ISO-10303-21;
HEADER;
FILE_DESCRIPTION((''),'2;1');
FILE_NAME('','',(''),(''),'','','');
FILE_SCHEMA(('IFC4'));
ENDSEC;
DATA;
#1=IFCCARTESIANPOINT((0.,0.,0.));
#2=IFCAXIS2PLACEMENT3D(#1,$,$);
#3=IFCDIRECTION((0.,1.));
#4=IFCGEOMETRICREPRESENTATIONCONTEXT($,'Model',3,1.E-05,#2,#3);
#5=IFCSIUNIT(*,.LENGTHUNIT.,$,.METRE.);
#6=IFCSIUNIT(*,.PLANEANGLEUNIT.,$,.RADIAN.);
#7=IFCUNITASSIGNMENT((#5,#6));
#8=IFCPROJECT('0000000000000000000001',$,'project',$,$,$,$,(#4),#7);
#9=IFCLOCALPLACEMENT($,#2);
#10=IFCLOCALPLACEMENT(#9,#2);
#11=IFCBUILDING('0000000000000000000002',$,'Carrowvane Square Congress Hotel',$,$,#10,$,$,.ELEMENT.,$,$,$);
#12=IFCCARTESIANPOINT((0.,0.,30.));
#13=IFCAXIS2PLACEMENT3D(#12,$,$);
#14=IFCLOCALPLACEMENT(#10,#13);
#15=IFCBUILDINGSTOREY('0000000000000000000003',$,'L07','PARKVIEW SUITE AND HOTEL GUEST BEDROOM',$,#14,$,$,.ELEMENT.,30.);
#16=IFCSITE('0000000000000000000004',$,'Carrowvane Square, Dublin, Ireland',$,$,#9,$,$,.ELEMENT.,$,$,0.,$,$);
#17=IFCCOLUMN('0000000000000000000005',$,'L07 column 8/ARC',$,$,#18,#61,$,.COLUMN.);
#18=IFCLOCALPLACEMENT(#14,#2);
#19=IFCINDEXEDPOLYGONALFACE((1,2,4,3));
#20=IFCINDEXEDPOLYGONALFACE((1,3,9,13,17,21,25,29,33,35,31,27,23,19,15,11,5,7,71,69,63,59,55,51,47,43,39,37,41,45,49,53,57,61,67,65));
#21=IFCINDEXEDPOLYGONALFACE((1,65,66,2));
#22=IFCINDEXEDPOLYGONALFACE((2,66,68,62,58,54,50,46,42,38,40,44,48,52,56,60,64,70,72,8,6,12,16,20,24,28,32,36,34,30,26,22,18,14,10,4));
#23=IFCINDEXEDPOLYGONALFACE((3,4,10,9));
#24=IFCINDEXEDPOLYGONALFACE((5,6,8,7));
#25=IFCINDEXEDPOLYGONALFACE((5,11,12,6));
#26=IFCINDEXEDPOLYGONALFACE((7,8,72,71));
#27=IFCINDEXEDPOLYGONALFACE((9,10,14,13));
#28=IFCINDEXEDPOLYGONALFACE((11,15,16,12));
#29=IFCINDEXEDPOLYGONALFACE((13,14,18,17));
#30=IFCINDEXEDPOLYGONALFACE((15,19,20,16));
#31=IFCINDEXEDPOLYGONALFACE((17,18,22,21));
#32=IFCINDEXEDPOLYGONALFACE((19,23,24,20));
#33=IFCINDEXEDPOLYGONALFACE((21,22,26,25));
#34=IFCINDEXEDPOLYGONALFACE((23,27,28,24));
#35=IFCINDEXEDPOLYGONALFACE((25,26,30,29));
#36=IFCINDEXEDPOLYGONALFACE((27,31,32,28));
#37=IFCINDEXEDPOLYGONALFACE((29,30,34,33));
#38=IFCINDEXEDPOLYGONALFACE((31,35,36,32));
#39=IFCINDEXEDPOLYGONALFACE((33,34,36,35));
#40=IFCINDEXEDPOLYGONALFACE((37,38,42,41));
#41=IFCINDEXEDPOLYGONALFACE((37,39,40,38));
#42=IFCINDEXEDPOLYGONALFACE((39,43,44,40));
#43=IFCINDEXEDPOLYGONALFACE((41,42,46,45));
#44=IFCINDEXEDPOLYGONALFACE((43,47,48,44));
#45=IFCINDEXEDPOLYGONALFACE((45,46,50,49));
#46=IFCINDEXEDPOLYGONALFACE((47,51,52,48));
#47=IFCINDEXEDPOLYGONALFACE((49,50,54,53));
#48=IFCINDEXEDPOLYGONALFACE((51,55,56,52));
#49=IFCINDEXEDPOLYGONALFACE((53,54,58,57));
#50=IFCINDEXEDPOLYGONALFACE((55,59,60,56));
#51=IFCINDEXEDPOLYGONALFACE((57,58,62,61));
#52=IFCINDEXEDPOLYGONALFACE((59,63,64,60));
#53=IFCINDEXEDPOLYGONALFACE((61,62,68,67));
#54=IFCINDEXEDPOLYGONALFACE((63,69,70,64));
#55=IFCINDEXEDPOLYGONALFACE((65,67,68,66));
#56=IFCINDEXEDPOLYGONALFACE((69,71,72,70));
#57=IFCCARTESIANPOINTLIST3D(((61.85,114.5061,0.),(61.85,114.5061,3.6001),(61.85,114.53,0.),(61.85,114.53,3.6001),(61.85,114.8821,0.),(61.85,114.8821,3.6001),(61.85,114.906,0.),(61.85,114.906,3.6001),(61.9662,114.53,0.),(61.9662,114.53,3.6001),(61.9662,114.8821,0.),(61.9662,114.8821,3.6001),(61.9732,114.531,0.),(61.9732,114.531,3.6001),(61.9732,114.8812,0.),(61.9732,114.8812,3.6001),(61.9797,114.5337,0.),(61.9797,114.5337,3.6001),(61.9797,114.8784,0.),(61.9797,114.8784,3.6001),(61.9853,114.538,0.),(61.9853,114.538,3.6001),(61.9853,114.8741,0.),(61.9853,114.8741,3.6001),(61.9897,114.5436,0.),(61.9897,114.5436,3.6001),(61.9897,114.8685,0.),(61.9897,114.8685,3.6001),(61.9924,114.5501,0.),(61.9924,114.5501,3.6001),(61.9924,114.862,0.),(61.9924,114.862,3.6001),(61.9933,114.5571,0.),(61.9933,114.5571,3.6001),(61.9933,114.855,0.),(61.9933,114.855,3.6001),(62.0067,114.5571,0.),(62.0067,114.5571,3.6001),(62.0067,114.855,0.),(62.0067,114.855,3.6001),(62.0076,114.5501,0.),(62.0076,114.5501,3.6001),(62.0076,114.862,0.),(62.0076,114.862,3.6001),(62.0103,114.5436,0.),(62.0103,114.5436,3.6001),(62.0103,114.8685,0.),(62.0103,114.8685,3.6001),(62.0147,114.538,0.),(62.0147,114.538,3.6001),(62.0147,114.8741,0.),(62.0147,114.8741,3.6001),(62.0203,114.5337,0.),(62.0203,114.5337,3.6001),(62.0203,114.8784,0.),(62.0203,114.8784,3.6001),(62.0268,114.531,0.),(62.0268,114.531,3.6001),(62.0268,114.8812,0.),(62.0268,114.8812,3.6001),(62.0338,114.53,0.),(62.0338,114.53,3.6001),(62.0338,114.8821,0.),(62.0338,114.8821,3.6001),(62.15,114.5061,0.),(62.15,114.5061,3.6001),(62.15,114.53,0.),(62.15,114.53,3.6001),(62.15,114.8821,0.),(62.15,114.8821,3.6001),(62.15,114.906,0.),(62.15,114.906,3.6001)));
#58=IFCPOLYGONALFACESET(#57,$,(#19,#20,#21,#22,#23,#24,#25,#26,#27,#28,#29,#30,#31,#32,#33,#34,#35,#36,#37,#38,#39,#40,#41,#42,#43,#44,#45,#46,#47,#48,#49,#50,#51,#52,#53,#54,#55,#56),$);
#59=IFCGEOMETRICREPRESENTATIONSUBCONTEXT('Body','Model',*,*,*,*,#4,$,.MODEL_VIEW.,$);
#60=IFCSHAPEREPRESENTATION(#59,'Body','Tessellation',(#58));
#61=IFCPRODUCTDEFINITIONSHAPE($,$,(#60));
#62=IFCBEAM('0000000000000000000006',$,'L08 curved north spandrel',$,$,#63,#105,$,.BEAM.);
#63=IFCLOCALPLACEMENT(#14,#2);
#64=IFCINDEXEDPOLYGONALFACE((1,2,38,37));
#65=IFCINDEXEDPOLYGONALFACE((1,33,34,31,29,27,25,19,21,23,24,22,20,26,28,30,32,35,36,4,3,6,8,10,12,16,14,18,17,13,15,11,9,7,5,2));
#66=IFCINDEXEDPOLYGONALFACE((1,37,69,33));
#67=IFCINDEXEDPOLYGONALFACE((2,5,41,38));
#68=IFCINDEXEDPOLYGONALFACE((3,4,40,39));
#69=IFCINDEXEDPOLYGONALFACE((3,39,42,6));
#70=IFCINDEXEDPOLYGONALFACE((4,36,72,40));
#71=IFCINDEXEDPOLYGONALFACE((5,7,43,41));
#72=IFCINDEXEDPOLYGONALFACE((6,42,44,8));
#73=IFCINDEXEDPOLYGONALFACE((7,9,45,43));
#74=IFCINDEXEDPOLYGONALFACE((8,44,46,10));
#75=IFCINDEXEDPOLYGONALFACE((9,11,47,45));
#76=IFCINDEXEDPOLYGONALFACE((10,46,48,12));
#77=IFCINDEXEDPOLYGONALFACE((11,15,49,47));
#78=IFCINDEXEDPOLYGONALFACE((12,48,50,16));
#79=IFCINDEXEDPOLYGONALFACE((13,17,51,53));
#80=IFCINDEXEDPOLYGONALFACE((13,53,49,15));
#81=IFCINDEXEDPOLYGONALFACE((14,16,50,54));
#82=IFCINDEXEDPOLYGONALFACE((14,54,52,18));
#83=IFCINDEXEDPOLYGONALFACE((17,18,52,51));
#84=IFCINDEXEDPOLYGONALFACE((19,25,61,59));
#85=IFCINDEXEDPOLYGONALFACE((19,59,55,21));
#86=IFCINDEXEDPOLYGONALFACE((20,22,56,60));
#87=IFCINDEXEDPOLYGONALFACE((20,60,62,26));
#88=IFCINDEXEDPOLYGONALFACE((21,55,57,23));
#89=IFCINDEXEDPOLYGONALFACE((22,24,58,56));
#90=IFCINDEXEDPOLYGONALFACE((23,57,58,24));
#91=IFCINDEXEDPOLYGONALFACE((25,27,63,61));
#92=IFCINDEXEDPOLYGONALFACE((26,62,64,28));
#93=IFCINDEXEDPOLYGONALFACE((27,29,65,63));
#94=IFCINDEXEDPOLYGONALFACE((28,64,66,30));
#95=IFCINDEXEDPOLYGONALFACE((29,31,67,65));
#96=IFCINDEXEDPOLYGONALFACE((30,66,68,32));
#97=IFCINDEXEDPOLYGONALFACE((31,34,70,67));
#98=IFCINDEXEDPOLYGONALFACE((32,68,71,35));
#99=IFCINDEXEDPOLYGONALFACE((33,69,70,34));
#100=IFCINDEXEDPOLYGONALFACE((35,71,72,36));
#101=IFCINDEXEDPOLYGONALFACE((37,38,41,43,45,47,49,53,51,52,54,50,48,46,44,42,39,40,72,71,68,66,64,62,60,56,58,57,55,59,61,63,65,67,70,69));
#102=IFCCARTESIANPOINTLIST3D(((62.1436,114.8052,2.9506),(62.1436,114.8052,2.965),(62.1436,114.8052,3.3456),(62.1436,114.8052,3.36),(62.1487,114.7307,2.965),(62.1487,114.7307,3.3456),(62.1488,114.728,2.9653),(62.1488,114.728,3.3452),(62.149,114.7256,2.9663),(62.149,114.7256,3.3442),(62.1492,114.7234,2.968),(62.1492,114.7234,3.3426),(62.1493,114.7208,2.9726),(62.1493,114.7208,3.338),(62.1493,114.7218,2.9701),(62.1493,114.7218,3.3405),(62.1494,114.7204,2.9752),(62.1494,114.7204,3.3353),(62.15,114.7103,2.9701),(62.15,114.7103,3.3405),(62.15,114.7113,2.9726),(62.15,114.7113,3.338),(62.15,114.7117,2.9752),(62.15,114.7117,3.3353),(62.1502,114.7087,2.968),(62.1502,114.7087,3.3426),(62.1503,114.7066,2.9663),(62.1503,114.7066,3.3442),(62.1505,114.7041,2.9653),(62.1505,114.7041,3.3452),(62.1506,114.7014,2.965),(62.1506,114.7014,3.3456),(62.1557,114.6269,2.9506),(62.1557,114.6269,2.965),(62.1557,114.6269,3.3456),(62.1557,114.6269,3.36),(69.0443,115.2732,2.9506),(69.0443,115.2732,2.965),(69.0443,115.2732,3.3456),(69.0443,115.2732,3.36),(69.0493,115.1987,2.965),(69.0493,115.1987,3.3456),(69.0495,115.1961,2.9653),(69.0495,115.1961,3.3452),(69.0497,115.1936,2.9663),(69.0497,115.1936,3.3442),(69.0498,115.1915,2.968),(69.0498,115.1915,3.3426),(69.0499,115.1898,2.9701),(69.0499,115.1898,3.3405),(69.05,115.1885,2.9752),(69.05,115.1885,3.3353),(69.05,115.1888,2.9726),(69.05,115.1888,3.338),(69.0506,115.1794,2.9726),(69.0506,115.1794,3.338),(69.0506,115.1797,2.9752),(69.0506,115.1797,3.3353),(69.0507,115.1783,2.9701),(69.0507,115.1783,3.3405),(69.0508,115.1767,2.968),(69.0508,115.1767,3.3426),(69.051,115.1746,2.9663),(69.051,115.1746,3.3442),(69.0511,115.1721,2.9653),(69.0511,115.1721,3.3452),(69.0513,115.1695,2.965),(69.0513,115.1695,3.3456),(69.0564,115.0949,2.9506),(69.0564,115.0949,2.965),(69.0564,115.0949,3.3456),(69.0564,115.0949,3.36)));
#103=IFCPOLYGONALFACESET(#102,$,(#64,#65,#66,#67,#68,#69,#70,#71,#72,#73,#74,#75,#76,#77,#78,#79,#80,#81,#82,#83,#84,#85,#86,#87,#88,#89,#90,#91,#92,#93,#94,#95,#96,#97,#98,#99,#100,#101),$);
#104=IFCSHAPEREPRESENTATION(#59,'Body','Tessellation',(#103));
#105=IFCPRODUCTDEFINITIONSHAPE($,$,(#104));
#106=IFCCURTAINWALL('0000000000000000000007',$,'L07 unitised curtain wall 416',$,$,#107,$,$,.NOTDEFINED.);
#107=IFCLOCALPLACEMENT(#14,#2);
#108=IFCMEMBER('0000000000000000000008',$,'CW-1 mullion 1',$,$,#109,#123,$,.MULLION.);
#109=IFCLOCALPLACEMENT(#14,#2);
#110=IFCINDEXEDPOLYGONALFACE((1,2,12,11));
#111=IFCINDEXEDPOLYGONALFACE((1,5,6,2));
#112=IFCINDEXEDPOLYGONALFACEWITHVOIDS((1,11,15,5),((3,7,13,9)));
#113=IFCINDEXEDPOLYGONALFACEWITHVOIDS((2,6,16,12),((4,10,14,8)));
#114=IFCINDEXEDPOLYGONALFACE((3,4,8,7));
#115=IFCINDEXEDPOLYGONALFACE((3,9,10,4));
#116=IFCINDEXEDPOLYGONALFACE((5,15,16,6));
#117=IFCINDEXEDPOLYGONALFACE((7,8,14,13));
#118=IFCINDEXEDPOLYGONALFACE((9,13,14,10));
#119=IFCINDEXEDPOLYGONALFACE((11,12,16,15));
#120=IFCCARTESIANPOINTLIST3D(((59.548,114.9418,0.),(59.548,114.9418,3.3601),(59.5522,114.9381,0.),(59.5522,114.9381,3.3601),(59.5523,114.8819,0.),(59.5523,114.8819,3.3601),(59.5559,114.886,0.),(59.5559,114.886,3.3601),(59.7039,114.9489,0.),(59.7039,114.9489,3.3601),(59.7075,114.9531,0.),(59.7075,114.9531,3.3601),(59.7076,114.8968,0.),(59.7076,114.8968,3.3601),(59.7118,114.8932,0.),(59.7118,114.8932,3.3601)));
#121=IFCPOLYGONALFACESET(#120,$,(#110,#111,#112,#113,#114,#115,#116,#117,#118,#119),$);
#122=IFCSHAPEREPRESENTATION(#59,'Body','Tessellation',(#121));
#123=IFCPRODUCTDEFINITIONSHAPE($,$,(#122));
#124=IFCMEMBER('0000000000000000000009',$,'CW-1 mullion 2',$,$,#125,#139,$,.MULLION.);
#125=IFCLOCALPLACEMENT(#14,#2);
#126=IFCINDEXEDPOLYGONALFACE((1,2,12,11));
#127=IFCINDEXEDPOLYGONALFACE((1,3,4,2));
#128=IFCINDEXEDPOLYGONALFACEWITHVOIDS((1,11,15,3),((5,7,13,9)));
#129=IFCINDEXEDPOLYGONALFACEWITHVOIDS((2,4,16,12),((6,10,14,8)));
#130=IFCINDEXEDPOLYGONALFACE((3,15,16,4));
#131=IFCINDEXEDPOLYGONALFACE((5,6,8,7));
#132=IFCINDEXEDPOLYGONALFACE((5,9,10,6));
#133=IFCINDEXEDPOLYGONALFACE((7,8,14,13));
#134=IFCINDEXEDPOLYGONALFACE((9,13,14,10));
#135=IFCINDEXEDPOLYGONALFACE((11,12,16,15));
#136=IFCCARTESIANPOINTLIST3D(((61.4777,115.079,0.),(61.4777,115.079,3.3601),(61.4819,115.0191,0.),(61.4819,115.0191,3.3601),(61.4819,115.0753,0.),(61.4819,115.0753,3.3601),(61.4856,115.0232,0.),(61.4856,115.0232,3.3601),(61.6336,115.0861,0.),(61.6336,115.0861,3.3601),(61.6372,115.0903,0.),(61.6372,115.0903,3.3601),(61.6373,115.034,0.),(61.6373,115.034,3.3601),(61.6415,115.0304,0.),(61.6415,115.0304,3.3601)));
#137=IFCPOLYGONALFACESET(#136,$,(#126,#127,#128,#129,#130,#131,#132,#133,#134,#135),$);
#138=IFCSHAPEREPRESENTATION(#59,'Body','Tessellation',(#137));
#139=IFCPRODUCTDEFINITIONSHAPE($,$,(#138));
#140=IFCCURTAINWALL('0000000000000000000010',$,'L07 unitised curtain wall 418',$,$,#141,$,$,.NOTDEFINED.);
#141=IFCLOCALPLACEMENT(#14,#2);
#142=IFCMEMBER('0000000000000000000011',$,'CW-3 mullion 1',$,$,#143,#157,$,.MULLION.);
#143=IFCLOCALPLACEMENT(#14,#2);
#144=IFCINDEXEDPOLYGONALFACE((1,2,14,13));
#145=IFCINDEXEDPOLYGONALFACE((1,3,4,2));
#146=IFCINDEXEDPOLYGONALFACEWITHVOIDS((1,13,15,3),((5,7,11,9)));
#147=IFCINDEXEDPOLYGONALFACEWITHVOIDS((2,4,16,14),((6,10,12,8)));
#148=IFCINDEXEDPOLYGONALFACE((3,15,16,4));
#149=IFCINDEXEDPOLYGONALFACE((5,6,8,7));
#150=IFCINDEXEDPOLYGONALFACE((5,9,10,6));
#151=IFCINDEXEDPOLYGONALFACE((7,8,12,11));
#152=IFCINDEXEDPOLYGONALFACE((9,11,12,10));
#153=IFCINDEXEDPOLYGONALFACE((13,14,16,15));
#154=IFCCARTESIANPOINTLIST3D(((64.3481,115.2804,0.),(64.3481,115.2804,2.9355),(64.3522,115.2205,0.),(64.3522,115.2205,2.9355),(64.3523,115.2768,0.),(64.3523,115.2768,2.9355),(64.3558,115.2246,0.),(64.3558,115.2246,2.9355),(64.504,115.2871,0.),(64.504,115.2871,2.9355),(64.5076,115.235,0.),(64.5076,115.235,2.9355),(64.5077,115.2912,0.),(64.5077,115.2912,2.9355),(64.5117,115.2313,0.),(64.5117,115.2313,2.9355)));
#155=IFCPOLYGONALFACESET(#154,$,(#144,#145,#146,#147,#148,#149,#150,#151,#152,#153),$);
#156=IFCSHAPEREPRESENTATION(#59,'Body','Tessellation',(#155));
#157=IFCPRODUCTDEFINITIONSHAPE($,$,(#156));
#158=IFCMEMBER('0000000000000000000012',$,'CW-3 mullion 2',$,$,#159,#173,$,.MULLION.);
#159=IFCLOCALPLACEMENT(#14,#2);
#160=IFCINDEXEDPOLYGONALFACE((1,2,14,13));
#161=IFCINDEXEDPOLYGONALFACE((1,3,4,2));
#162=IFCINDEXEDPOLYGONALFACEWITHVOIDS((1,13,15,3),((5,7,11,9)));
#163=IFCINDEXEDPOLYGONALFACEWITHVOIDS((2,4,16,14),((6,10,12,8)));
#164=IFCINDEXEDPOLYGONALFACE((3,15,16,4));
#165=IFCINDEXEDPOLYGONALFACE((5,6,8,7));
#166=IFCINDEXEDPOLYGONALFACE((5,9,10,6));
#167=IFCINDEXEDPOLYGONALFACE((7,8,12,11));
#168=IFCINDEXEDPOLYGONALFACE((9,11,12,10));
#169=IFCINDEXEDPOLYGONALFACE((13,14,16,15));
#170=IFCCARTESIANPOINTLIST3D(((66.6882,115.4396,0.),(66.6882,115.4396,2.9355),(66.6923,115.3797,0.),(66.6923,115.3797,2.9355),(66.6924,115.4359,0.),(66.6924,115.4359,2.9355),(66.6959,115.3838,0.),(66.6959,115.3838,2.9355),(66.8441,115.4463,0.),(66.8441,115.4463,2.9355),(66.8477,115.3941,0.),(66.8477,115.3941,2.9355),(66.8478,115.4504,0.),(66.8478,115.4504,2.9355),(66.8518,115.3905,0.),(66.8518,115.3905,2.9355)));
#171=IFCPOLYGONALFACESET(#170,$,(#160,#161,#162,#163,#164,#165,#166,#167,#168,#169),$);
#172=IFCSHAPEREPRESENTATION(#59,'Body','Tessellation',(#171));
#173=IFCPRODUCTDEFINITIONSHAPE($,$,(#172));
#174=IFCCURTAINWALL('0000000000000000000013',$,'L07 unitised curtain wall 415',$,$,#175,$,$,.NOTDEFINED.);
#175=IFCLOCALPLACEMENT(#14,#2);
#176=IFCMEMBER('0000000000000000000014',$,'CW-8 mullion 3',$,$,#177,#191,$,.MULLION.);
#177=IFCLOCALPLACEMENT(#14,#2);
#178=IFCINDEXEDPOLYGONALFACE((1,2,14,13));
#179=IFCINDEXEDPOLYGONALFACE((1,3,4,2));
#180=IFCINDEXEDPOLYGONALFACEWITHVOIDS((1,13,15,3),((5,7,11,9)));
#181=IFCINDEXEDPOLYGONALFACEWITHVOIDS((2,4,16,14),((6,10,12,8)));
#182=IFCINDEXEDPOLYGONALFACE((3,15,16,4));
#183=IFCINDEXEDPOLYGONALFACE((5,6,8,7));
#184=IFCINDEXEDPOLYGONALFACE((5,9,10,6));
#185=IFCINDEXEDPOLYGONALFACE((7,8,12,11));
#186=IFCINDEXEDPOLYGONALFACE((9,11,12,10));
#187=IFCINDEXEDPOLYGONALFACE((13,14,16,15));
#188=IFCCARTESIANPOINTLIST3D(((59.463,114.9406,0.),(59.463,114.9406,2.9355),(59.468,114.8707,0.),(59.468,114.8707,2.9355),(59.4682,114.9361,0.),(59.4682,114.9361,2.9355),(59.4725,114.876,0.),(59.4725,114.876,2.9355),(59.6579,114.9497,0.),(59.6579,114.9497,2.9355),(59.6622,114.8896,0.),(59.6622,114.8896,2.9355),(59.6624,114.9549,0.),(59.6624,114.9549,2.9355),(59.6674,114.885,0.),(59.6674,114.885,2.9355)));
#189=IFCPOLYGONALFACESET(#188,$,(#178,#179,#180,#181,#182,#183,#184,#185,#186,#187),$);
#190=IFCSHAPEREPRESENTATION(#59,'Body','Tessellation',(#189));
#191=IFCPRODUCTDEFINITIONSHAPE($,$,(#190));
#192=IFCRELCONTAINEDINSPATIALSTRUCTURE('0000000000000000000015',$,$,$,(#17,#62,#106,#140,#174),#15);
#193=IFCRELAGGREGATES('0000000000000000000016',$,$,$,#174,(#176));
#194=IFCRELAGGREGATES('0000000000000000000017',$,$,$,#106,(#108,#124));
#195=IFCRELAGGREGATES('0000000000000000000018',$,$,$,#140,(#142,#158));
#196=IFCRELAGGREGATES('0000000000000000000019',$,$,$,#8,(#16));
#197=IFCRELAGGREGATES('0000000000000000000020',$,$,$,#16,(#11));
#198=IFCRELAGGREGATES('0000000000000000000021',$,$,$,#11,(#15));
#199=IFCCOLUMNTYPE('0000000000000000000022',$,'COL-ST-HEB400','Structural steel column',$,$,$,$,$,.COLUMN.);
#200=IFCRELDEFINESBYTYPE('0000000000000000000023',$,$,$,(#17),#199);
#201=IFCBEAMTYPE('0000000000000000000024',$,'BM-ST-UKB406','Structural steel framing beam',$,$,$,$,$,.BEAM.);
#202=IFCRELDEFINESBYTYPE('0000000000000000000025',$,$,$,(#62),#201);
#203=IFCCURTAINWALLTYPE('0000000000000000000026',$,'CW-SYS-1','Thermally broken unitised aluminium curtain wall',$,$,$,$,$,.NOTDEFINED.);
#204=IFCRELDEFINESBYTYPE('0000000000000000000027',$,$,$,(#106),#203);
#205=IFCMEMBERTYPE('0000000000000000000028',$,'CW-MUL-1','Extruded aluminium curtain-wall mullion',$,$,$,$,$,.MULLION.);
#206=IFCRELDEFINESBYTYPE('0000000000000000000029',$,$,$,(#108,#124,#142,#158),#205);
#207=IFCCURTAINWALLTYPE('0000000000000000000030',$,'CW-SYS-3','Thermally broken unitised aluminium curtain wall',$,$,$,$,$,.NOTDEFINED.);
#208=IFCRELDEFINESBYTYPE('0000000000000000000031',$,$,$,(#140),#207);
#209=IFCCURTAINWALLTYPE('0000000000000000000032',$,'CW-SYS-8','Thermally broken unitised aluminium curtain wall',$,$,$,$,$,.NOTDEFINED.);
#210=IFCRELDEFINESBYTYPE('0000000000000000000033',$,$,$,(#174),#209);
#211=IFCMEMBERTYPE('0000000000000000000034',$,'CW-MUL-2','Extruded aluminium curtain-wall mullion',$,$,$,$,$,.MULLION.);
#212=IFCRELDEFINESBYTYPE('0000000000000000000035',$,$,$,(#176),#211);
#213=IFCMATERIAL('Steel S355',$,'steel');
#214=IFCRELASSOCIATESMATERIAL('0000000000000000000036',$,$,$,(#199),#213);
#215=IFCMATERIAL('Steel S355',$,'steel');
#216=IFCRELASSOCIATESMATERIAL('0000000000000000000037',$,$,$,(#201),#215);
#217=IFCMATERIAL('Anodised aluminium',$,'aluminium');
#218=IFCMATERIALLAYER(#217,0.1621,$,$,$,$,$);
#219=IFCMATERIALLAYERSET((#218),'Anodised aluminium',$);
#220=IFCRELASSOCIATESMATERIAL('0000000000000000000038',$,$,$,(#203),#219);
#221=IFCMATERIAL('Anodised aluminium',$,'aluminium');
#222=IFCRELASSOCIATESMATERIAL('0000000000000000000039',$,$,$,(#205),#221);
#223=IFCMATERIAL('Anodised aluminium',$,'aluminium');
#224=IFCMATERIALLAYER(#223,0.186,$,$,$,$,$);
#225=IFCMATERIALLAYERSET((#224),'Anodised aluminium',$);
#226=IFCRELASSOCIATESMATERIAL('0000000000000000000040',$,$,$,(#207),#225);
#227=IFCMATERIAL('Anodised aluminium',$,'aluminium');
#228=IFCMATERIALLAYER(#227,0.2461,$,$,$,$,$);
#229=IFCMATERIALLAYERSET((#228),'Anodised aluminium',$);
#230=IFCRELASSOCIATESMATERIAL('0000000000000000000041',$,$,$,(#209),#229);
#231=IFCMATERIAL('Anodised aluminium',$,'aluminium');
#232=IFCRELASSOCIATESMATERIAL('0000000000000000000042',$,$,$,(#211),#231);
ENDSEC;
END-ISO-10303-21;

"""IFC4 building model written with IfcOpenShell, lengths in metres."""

from ifc_helpers import new_model, si_unit, direction, frame, origin, origin_2d, place, context, subcontext, project, spatial, hollow_rectangle, i_section, extrude, material, layer, layer_set, material_profile, profile_set, type_object, element, aggregate, save


model = new_model("IFC4")

# Units and contexts
model_context = context("Model", 3, precision=1e-05, world=origin(), true_north=direction((0.0, 1.0)))
body_context = subcontext(model_context, "Body", "Model", "MODEL_VIEW")
ifc_project = project(units=[si_unit("LENGTHUNIT", "METRE"), si_unit("PLANEANGLEUNIT", "RADIAN")], contexts=[model_context])

# Site, building, storey
site_placement = place(None, origin())
site = spatial("IfcSite", under=ifc_project, at=site_placement, Name="Carrowvane Square, Dublin, Ireland", CompositionType="ELEMENT", RefElevation=0.0)
building_placement = place(site_placement, origin())
building = spatial("IfcBuilding", under=site, at=building_placement, Name="Carrowvane Square Congress Hotel", CompositionType="ELEMENT")
storey_placement = place(building_placement, frame((0.0, 0.0, 30.0)))
storey = spatial("IfcBuildingStorey", under=building, at=storey_placement, Name="L07", Description="PARKVIEW SUITE AND HOTEL GUEST BEDROOM", CompositionType="ELEMENT", Elevation=30.0)

# Column
ifc_material_1 = material(Name="Steel S355", Category="steel")
ifc_material_profile_1 = material_profile(ifc_material_1, i_section(OverallWidth=0.3, OverallDepth=0.3999, WebThickness=0.0134, FlangeThickness=0.0239, FilletRadius=0.0271, at=origin_2d()), Name="HEB 400")
ifc_profile_set_1 = profile_set([ifc_material_profile_1], Name="Steel S355")
column_type = type_object("IfcColumnType", Name="COL-ST-HEB400", Description="Structural steel column", PredefinedType="COLUMN", material=ifc_profile_set_1)
column_placement = place(storey_placement, frame((62.0, 114.7061, 0.0), z_axis=(0.0, 0.0, 1.0), x_axis=(1.0, 0.0, 0.0)))
element("IfcColumn", 1, at=column_placement, inside=storey, type_object=column_type, Name="L07 column 8/ARC", PredefinedType="COLUMN", context=body_context, shape_type="SweptSolid", body=[
    extrude(i_section(OverallWidth=0.3, OverallDepth=0.3999, WebThickness=0.0134, FlangeThickness=0.0239, FilletRadius=0.0271, at=origin_2d()), origin(), (0.0, 0.0, 1.0), 3.6001),
])

# Beam
ifc_material_2 = material(Name="Steel S355", Category="steel")
ifc_material_profile_2 = material_profile(ifc_material_2, i_section(OverallWidth=0.1787, OverallDepth=0.4094, WebThickness=0.0088, FlangeThickness=0.0144, FilletRadius=0.0103, at=origin_2d()), Name="UKB 406x178x67")
ifc_profile_set_2 = profile_set([ifc_material_profile_2], Name="Steel S355")
beam_type = type_object("IfcBeamType", Name="BM-ST-UKB406", Description="Structural steel framing beam", PredefinedType="BEAM", material=ifc_profile_set_2)
beam_placement = place(storey_placement, frame((62.1497, 114.7161, 3.1553), z_axis=(0.997708, 0.067667, 0.0), x_axis=(-0.067667, 0.997708, 0.0)))
element("IfcBeam", 2, at=beam_placement, inside=storey, type_object=beam_type, Name="L08 curved north spandrel", PredefinedType="BEAM", context=body_context, shape_type="SweptSolid", body=[
    extrude(i_section(OverallWidth=0.1787, OverallDepth=0.4094, WebThickness=0.0088, FlangeThickness=0.0144, FilletRadius=0.0103, at=origin_2d()), origin(), (0.0, 0.0, 1.0), 6.9165),
])

# Curtain walls, members
ifc_material_3 = material(Name="Anodised aluminium", Category="aluminium")
ifc_layer_1 = layer(ifc_material_3, 0.1621)
ifc_layer_set_1 = layer_set([ifc_layer_1], Name="Anodised aluminium")
curtain_wall_type_1 = type_object("IfcCurtainWallType", Name="CW-SYS-1", Description="Thermally broken unitised aluminium curtain wall", PredefinedType="NOTDEFINED", material=ifc_layer_set_1)
curtain_wall_1_placement = place(storey_placement, origin())
curtain_wall_1 = element("IfcCurtainWall", 3, at=curtain_wall_1_placement, inside=storey, type_object=curtain_wall_type_1, Name="L07 unitised curtain wall 416", PredefinedType="NOTDEFINED")
ifc_material_4 = material(Name="Anodised aluminium", Category="aluminium")
ifc_material_profile_3 = material_profile(ifc_material_4, hollow_rectangle(XDim=0.0601, YDim=0.1599, WallThickness=0.0039, at=origin_2d()), Name="CW-ML 60x160x4")
ifc_profile_set_3 = profile_set([ifc_material_profile_3], Name="Anodised aluminium")
member_type_1 = type_object("IfcMemberType", Name="CW-MUL-1", Description="Extruded aluminium curtain-wall mullion", PredefinedType="MULLION", material=ifc_profile_set_3)
member_1_placement = place(storey_placement, frame((59.6299, 114.9175, 0.0), z_axis=(0.0, 0.0, 1.0), x_axis=(-0.07096, 0.997479, 0.0)))
member_1 = element("IfcMember", 4, at=member_1_placement, type_object=member_type_1, Name="CW-1 mullion 1", PredefinedType="MULLION", context=body_context, shape_type="SweptSolid", body=[
    extrude(hollow_rectangle(XDim=0.0601, YDim=0.1599, WallThickness=0.0039, at=origin_2d()), origin(), (0.0, 0.0, 1.0), 3.3601),
])
member_2_placement = place(storey_placement, frame((61.5596, 115.0547, 0.0), z_axis=(0.0, 0.0, 1.0), x_axis=(-0.07096, 0.997479, 0.0)))
member_2 = element("IfcMember", 5, at=member_2_placement, type_object=member_type_1, Name="CW-1 mullion 2", PredefinedType="MULLION", context=body_context, shape_type="SweptSolid", body=[
    extrude(hollow_rectangle(XDim=0.0601, YDim=0.1599, WallThickness=0.0039, at=origin_2d()), origin(), (0.0, 0.0, 1.0), 3.3601),
])
ifc_material_5 = material(Name="Anodised aluminium", Category="aluminium")
ifc_layer_2 = layer(ifc_material_5, 0.186)
ifc_layer_set_2 = layer_set([ifc_layer_2], Name="Anodised aluminium")
curtain_wall_type_2 = type_object("IfcCurtainWallType", Name="CW-SYS-3", Description="Thermally broken unitised aluminium curtain wall", PredefinedType="NOTDEFINED", material=ifc_layer_set_2)
curtain_wall_2_placement = place(storey_placement, origin())
curtain_wall_2 = element("IfcCurtainWall", 6, at=curtain_wall_2_placement, inside=storey, type_object=curtain_wall_type_2, Name="L07 unitised curtain wall 418", PredefinedType="NOTDEFINED")
member_3_placement = place(storey_placement, frame((64.4299, 115.2559, 0.0), z_axis=(0.0, 0.0, 1.0), x_axis=(-0.067865, 0.997694, 0.0)))
member_3 = element("IfcMember", 7, at=member_3_placement, type_object=member_type_1, Name="CW-3 mullion 1", PredefinedType="MULLION", context=body_context, shape_type="SweptSolid", body=[
    extrude(hollow_rectangle(XDim=0.0601, YDim=0.1599, WallThickness=0.0039, at=origin_2d()), origin(), (0.0, 0.0, 1.0), 2.9355),
])
member_4_placement = place(storey_placement, frame((66.77, 115.415, 0.0), z_axis=(0.0, 0.0, 1.0), x_axis=(-0.067865, 0.997694, 0.0)))
member_4 = element("IfcMember", 8, at=member_4_placement, type_object=member_type_1, Name="CW-3 mullion 2", PredefinedType="MULLION", context=body_context, shape_type="SweptSolid", body=[
    extrude(hollow_rectangle(XDim=0.0601, YDim=0.1599, WallThickness=0.0039, at=origin_2d()), origin(), (0.0, 0.0, 1.0), 2.9355),
])

# Curtain wall, member
ifc_material_6 = material(Name="Anodised aluminium", Category="aluminium")
ifc_layer_3 = layer(ifc_material_6, 0.2461)
ifc_layer_set_3 = layer_set([ifc_layer_3], Name="Anodised aluminium")
curtain_wall_type_3 = type_object("IfcCurtainWallType", Name="CW-SYS-8", Description="Thermally broken unitised aluminium curtain wall", PredefinedType="NOTDEFINED", material=ifc_layer_set_3)
curtain_wall_3_placement = place(storey_placement, origin())
curtain_wall_3 = element("IfcCurtainWall", 9, at=curtain_wall_3_placement, inside=storey, type_object=curtain_wall_type_3, Name="L07 unitised curtain wall 415", PredefinedType="NOTDEFINED")
ifc_material_7 = material(Name="Anodised aluminium", Category="aluminium")
ifc_material_profile_4 = material_profile(ifc_material_7, hollow_rectangle(XDim=0.0701, YDim=0.2, WallThickness=0.0049, at=origin_2d()), Name="CW-ML 70x200x5")
ifc_profile_set_4 = profile_set([ifc_material_profile_4], Name="Anodised aluminium")
member_type_2 = type_object("IfcMemberType", Name="CW-MUL-2", Description="Extruded aluminium curtain-wall mullion", PredefinedType="MULLION", material=ifc_profile_set_4)
member_5_placement = place(storey_placement, frame((59.5652, 114.9128, 0.0), z_axis=(0.0, 0.0, 1.0), x_axis=(-0.071532, 0.997438, 0.0)))
member_5 = element("IfcMember", 10, at=member_5_placement, type_object=member_type_2, Name="CW-8 mullion 3", PredefinedType="MULLION", context=body_context, shape_type="SweptSolid", body=[
    extrude(hollow_rectangle(XDim=0.0701, YDim=0.2, WallThickness=0.0049, at=origin_2d()), origin(), (0.0, 0.0, 1.0), 2.9355),
])

aggregate(curtain_wall_3, [member_5])
aggregate(curtain_wall_1, [member_1, member_2])
aggregate(curtain_wall_2, [member_3, member_4])

save(model, "model.ifc")
